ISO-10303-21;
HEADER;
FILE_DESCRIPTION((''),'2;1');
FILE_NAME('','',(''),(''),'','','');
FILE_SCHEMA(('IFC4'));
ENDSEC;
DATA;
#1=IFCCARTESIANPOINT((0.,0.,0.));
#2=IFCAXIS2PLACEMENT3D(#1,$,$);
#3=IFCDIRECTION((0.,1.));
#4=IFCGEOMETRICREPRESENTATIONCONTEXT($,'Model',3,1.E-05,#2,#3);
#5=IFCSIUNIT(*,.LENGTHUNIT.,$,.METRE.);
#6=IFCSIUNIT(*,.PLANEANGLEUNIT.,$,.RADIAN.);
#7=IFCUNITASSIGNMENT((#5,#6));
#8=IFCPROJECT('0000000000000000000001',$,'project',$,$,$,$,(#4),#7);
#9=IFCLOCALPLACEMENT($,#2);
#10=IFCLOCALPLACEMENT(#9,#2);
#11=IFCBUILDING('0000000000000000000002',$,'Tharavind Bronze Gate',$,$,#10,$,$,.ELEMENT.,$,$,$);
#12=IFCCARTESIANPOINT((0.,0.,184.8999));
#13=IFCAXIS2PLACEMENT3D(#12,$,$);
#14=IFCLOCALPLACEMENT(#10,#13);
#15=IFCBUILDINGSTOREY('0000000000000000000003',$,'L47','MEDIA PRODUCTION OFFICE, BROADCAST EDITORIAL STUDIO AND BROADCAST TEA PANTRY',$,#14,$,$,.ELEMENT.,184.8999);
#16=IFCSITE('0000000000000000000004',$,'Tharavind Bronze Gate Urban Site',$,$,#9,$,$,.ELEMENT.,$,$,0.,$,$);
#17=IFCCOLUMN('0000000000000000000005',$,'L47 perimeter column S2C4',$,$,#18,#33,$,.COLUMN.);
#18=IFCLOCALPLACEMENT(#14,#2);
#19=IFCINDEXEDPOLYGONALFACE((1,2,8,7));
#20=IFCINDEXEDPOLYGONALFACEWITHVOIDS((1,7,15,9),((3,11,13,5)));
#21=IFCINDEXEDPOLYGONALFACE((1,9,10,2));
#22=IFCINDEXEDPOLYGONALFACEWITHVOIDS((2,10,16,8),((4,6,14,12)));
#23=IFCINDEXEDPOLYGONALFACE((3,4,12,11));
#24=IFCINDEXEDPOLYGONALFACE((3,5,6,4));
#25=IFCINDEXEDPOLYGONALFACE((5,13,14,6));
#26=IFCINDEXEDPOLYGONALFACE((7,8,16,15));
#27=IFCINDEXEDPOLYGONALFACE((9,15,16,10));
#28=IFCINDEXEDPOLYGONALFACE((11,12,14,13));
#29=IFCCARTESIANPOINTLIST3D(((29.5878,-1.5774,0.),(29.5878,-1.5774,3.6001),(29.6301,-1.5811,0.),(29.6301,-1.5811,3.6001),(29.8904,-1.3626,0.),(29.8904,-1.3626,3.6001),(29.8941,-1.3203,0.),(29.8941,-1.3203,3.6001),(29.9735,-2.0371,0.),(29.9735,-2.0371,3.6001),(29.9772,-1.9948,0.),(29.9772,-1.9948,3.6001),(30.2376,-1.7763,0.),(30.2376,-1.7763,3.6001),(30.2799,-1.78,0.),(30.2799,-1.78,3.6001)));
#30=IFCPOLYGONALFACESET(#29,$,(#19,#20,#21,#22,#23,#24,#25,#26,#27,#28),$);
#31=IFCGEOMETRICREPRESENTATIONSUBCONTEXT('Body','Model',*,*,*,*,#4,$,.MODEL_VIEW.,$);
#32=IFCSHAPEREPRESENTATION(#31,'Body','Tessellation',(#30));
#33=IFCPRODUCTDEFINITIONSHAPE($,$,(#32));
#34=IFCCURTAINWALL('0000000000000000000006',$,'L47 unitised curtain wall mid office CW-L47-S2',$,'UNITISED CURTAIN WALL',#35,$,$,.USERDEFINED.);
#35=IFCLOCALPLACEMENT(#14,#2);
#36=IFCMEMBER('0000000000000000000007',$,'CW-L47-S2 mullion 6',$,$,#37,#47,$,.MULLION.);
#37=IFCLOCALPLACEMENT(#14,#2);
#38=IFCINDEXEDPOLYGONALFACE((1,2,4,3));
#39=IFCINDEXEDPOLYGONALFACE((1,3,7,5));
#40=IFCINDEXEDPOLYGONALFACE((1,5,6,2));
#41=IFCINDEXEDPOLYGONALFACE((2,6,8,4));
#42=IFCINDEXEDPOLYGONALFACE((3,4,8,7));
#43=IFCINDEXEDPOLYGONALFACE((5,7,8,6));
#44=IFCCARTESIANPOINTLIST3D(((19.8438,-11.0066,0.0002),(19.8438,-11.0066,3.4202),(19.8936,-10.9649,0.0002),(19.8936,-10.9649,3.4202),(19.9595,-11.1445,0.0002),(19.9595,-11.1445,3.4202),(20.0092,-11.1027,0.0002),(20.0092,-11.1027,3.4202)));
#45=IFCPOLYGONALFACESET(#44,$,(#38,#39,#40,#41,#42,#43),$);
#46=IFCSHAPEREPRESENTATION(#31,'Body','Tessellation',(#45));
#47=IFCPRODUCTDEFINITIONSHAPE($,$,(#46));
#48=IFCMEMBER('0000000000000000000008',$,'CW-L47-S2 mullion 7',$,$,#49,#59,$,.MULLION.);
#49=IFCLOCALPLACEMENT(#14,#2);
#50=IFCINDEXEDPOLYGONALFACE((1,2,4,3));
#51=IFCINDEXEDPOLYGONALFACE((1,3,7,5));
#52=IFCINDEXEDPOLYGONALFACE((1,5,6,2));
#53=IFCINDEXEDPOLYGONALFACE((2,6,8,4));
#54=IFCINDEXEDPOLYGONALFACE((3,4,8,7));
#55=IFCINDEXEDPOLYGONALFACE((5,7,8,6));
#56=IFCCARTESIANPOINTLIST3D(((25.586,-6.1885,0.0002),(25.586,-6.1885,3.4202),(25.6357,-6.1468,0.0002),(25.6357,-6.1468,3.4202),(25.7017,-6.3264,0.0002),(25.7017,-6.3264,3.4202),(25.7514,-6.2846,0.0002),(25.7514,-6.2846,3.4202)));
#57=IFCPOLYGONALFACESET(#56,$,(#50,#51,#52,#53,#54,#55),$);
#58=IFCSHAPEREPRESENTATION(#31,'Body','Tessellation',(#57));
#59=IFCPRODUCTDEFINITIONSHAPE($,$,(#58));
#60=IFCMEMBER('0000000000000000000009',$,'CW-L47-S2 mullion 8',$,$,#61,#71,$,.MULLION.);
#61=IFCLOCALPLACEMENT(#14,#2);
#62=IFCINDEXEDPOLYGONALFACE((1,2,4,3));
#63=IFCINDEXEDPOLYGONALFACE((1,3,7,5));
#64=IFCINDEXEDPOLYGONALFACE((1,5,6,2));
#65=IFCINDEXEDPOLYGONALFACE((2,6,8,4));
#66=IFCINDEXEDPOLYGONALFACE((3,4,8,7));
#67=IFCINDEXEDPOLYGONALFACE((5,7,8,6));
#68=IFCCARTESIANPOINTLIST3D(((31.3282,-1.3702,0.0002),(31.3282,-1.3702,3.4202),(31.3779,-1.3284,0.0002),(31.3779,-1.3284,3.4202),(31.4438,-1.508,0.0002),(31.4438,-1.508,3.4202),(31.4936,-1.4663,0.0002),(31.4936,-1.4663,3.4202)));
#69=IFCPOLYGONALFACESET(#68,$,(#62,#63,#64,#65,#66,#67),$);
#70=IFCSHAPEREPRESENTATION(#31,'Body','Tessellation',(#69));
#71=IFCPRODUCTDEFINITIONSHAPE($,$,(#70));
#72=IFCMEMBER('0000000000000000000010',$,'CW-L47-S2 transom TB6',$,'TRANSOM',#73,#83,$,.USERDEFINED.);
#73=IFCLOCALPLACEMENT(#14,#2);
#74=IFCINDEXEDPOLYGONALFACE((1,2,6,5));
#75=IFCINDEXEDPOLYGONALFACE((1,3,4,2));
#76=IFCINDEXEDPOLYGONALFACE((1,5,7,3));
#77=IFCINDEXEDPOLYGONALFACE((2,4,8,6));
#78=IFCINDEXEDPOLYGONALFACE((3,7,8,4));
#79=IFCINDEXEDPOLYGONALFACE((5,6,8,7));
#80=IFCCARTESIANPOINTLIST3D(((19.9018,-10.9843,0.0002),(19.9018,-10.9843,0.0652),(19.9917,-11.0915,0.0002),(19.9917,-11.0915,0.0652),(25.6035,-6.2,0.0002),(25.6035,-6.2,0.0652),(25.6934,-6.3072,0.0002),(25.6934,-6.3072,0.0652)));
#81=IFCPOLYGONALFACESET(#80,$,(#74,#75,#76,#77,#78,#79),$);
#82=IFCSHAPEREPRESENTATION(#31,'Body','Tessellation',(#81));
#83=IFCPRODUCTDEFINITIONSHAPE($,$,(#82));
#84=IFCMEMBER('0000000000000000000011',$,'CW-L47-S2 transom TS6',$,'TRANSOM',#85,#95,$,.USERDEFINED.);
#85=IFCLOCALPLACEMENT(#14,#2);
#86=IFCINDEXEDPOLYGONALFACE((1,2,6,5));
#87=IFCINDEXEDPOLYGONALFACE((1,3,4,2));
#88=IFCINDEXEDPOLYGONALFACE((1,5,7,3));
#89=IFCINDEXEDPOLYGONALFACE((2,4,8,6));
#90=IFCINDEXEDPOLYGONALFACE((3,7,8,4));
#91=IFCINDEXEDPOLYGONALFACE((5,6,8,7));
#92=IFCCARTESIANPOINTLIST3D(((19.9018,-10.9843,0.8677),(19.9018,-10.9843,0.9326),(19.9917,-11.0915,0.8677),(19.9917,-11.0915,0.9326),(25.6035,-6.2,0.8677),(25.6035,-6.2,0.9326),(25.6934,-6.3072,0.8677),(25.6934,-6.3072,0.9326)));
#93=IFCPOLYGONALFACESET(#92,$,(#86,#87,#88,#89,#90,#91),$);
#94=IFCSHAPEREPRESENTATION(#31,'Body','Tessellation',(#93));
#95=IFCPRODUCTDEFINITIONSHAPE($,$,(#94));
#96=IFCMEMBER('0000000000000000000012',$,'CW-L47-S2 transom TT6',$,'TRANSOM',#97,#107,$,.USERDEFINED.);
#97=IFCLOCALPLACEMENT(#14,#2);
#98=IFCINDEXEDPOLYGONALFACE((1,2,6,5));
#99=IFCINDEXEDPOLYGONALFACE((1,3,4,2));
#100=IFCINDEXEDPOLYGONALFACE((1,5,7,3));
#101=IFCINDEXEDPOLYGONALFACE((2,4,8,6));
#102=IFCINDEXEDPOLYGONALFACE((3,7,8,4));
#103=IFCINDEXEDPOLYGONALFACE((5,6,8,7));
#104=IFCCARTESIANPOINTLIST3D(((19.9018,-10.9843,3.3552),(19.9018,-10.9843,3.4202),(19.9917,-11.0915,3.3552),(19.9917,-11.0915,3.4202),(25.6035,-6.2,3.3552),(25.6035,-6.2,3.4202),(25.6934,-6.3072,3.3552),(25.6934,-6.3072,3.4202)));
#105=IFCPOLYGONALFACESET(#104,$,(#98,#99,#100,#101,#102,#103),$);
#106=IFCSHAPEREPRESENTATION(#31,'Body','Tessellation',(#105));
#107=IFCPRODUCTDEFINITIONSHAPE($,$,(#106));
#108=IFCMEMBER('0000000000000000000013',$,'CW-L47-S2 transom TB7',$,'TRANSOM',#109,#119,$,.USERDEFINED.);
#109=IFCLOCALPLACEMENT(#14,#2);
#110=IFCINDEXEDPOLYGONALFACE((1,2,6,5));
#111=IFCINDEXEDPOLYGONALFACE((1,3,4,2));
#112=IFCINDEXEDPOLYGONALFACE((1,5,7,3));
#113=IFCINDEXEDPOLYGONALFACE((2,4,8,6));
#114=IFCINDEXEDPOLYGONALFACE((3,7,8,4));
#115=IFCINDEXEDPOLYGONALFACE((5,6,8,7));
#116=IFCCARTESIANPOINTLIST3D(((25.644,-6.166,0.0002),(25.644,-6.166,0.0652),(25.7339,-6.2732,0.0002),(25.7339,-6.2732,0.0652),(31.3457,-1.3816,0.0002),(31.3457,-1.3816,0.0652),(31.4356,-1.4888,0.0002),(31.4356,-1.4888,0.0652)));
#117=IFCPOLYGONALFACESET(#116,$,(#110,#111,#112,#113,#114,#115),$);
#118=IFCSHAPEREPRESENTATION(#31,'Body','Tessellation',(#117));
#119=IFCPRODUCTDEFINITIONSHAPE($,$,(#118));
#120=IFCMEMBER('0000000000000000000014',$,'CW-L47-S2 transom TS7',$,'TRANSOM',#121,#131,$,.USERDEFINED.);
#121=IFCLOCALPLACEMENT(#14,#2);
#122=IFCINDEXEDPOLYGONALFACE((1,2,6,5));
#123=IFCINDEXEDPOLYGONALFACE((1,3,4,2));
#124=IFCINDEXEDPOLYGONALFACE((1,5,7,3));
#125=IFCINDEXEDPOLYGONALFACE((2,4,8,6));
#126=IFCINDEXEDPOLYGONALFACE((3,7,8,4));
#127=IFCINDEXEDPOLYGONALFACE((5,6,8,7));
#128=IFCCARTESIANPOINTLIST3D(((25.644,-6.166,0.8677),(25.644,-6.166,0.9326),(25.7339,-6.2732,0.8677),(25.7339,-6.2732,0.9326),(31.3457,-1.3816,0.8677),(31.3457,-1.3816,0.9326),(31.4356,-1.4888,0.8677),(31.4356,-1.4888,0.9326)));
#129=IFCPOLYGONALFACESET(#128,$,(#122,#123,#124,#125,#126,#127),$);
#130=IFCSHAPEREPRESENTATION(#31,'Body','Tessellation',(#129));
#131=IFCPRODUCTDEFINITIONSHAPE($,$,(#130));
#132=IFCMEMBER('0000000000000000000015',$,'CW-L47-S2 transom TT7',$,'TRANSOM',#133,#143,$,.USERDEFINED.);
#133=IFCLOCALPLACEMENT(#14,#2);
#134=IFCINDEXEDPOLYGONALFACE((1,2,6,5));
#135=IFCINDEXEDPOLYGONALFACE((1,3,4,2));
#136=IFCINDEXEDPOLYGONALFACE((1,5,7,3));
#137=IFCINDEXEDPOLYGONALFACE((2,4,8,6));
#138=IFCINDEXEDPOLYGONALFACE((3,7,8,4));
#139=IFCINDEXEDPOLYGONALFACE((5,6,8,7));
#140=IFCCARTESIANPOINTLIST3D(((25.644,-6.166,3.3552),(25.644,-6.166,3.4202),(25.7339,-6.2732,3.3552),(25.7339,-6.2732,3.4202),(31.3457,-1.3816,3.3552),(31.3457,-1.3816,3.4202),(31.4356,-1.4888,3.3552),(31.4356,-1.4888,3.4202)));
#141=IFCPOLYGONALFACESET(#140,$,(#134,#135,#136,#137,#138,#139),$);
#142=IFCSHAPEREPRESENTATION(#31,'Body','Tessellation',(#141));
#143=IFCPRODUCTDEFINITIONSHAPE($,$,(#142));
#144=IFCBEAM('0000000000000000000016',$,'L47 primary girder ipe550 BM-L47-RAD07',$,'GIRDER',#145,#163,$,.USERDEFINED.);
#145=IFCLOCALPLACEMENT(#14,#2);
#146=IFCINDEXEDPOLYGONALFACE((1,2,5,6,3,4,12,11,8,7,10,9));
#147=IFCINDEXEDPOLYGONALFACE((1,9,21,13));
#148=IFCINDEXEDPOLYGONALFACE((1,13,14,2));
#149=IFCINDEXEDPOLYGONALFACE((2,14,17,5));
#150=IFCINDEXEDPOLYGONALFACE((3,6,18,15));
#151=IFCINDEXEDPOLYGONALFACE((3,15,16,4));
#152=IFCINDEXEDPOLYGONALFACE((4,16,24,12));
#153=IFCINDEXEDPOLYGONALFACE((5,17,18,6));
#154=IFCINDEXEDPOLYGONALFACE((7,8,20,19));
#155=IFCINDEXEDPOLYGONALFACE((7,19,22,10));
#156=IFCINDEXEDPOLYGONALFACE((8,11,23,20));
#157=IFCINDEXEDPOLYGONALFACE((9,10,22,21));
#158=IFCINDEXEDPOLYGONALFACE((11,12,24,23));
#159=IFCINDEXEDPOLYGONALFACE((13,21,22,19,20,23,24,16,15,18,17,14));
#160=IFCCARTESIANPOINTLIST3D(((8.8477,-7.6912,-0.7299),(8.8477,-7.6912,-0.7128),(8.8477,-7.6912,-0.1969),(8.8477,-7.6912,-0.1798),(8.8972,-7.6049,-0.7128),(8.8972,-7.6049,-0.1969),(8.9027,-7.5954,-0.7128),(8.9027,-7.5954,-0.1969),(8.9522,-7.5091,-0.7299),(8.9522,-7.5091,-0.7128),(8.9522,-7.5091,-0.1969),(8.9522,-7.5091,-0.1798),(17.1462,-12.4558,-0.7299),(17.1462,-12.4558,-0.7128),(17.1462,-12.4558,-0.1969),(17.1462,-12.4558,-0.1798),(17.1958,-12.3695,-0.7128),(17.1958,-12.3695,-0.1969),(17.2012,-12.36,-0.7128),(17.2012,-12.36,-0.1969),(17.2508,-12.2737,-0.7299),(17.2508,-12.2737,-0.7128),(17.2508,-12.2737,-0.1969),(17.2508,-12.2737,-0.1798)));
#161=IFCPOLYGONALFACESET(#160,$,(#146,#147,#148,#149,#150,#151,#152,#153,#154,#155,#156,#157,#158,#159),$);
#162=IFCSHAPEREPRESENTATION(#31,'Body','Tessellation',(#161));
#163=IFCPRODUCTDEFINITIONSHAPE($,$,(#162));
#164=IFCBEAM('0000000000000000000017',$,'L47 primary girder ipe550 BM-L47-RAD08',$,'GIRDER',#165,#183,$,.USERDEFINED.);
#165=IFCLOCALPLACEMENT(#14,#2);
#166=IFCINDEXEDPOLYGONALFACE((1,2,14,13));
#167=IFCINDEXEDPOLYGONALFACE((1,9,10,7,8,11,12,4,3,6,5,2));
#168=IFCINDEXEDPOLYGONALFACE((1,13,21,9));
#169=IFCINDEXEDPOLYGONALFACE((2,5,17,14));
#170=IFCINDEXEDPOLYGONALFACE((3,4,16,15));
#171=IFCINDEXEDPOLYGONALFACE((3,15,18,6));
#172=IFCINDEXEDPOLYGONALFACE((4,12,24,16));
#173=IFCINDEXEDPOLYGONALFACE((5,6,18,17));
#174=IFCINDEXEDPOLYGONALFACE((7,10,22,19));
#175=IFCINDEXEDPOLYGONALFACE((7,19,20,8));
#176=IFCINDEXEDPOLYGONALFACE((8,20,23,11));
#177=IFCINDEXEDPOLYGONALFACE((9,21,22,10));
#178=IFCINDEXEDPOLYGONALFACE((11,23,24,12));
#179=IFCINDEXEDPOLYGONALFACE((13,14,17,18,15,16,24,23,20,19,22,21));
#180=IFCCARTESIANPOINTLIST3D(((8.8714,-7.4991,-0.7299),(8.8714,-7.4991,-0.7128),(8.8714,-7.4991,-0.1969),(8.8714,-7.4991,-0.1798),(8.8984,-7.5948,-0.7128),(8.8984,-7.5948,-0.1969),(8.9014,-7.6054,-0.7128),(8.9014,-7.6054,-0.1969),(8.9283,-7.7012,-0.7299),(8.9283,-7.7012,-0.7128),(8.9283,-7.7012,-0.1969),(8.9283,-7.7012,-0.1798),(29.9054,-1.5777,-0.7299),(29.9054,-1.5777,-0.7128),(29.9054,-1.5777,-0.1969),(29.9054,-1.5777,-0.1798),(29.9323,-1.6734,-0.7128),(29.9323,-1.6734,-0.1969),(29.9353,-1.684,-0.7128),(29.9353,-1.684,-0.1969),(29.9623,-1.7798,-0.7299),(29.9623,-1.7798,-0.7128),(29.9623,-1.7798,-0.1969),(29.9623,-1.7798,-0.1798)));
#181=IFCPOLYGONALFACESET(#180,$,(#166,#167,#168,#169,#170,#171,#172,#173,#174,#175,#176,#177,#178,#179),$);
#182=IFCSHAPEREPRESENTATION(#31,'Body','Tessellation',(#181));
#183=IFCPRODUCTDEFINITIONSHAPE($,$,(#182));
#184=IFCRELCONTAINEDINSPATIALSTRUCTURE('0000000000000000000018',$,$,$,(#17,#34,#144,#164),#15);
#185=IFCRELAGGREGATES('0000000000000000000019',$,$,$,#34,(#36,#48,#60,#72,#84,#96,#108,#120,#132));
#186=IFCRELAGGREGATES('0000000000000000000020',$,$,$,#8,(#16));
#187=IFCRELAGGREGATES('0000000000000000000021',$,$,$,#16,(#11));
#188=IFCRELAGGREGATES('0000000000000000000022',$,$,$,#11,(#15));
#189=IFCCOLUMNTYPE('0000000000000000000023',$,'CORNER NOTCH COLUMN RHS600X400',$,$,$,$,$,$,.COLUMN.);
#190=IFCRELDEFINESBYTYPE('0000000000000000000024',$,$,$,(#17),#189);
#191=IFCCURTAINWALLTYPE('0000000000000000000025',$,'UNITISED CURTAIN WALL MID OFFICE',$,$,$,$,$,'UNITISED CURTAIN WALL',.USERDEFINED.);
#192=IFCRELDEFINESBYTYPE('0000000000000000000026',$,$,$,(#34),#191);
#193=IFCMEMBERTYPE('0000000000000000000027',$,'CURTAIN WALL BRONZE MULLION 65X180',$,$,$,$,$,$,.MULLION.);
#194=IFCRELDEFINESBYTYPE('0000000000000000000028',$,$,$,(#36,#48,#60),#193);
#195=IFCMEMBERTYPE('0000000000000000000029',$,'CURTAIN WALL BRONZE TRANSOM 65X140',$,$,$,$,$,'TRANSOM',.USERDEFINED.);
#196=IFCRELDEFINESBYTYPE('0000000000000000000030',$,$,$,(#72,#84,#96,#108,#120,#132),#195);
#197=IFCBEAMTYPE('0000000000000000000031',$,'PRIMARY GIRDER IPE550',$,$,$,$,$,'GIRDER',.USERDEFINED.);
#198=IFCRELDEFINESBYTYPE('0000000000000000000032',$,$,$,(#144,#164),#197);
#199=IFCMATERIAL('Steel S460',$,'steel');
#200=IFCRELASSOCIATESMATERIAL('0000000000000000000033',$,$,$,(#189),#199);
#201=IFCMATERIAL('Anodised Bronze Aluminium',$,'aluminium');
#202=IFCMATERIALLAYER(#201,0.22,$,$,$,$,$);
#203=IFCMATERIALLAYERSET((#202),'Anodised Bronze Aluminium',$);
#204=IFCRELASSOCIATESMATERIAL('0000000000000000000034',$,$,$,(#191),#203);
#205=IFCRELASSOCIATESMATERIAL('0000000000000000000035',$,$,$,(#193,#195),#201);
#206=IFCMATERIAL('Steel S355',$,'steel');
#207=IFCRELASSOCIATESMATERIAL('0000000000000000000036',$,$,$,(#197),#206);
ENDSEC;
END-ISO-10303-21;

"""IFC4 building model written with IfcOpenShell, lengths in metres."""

from ifc_helpers import new_model, si_unit, direction, frame, origin, origin_2d, place, context, subcontext, project, spatial, rectangle, hollow_rectangle, i_section, extrude, material, layer, layer_set, material_profile, profile_set, type_object, element, aggregate, save


model = new_model("IFC4")

# Units and contexts
model_context = context("Model", 3, precision=1e-05, world=origin(), true_north=direction((0.0, 1.0)))
body_context = subcontext(model_context, "Body", "Model", "MODEL_VIEW")
ifc_project = project(units=[si_unit("LENGTHUNIT", "METRE"), si_unit("PLANEANGLEUNIT", "RADIAN")], contexts=[model_context])

# Site, building, storey
site_placement = place(None, origin())
site = spatial("IfcSite", under=ifc_project, at=site_placement, Name="Tharavind Bronze Gate Urban Site", CompositionType="ELEMENT", RefElevation=0.0)
building_placement = place(site_placement, origin())
building = spatial("IfcBuilding", under=site, at=building_placement, Name="Tharavind Bronze Gate", CompositionType="ELEMENT")
storey_placement = place(building_placement, frame((0.0, 0.0, 184.8999)))
storey = spatial("IfcBuildingStorey", under=building, at=storey_placement, Name="L47", Description="MEDIA PRODUCTION OFFICE, BROADCAST EDITORIAL STUDIO AND BROADCAST TEA PANTRY", CompositionType="ELEMENT", Elevation=184.8999)

# Column
ifc_material_1 = material(Name="Steel S460", Category="steel")
ifc_material_profile_1 = material_profile(ifc_material_1, hollow_rectangle(XDim=0.3999, YDim=0.6001, WallThickness=0.03, at=origin_2d()), Name="RHS600X400X30")
ifc_profile_set_1 = profile_set([ifc_material_profile_1], Name="Steel S460")
column_type = type_object("IfcColumnType", Name="CORNER NOTCH COLUMN RHS600X400", PredefinedType="COLUMN", material=ifc_profile_set_1)
column_placement = place(storey_placement, frame((29.9338, -1.6787, 0.0), z_axis=(0.0, 0.0, 1.0), x_axis=(0.766043, 0.642789, 0.0)))
element("IfcColumn", 1, at=column_placement, inside=storey, type_object=column_type, Name="L47 perimeter column S2C4", PredefinedType="COLUMN", context=body_context, shape_type="SweptSolid", body=[
    extrude(hollow_rectangle(XDim=0.3999, YDim=0.6001, WallThickness=0.03, at=origin_2d()), origin(), (0.0, 0.0, 1.0), 3.6001),
])

# Curtain wall, members
ifc_material_2 = material(Name="Anodised Bronze Aluminium", Category="aluminium")
ifc_layer_1 = layer(ifc_material_2, 0.22)
ifc_layer_set_1 = layer_set([ifc_layer_1], Name="Anodised Bronze Aluminium")
curtain_wall_type = type_object("IfcCurtainWallType", Name="UNITISED CURTAIN WALL MID OFFICE", ElementType="UNITISED CURTAIN WALL", PredefinedType="USERDEFINED", material=ifc_layer_set_1)
curtain_wall_placement = place(storey_placement, origin())
curtain_wall = element("IfcCurtainWall", 2, at=curtain_wall_placement, inside=storey, type_object=curtain_wall_type, Name="L47 unitised curtain wall mid office CW-L47-S2", ObjectType="UNITISED CURTAIN WALL", PredefinedType="USERDEFINED")
member_type_1 = type_object("IfcMemberType", Name="CURTAIN WALL BRONZE MULLION 65X180", PredefinedType="MULLION", material=ifc_material_2)
member_1_placement = place(storey_placement, frame((19.9265, -11.0547, 0.0002), z_axis=(0.0, 0.0, 1.0), x_axis=(0.766043, 0.642789, 0.0)))
member_1 = element("IfcMember", 3, at=member_1_placement, type_object=member_type_1, Name="CW-L47-S2 mullion 6", PredefinedType="MULLION", context=body_context, shape_type="SweptSolid", body=[
    extrude(rectangle(XDim=0.0649, YDim=0.1799, at=origin_2d()), origin(), (0.0, 0.0, 1.0), 3.4199),
])
member_2_placement = place(storey_placement, frame((25.6687, -6.2366, 0.0002), z_axis=(0.0, 0.0, 1.0), x_axis=(0.766043, 0.642789, 0.0)))
member_2 = element("IfcMember", 4, at=member_2_placement, type_object=member_type_1, Name="CW-L47-S2 mullion 7", PredefinedType="MULLION", context=body_context, shape_type="SweptSolid", body=[
    extrude(rectangle(XDim=0.0649, YDim=0.1799, at=origin_2d()), origin(), (0.0, 0.0, 1.0), 3.4199),
])
member_3_placement = place(storey_placement, frame((31.4109, -1.4182, 0.0002), z_axis=(0.0, 0.0, 1.0), x_axis=(0.766043, 0.642789, 0.0)))
member_3 = element("IfcMember", 5, at=member_3_placement, type_object=member_type_1, Name="CW-L47-S2 mullion 8", PredefinedType="MULLION", context=body_context, shape_type="SweptSolid", body=[
    extrude(rectangle(XDim=0.0649, YDim=0.1799, at=origin_2d()), origin(), (0.0, 0.0, 1.0), 3.4199),
])
member_type_2 = type_object("IfcMemberType", Name="CURTAIN WALL BRONZE TRANSOM 65X140", ElementType="TRANSOM", PredefinedType="USERDEFINED", material=ifc_material_2)
member_4_placement = place(storey_placement, frame((22.7976, -8.6458, 0.0002), z_axis=(0.0, 0.0, 1.0), x_axis=(0.766043, 0.642789, 0.0)))
member_4 = element("IfcMember", 6, at=member_4_placement, type_object=member_type_2, Name="CW-L47-S2 transom TB6", ObjectType="TRANSOM", PredefinedType="USERDEFINED", context=body_context, shape_type="SweptSolid", body=[
    extrude(rectangle(XDim=7.4431, YDim=0.1399, at=origin_2d()), origin(), (0.0, 0.0, 1.0), 0.0649),
])
member_5_placement = place(storey_placement, frame((22.7976, -8.6458, 0.8677), z_axis=(0.0, 0.0, 1.0), x_axis=(0.766043, 0.642789, 0.0)))
member_5 = element("IfcMember", 7, at=member_5_placement, type_object=member_type_2, Name="CW-L47-S2 transom TS6", ObjectType="TRANSOM", PredefinedType="USERDEFINED", context=body_context, shape_type="SweptSolid", body=[
    extrude(rectangle(XDim=7.4431, YDim=0.1399, at=origin_2d()), origin(), (0.0, 0.0, 1.0), 0.0649),
])
member_6_placement = place(storey_placement, frame((22.7976, -8.6458, 3.3552), z_axis=(0.0, 0.0, 1.0), x_axis=(0.766043, 0.642789, 0.0)))
member_6 = element("IfcMember", 8, at=member_6_placement, type_object=member_type_2, Name="CW-L47-S2 transom TT6", ObjectType="TRANSOM", PredefinedType="USERDEFINED", context=body_context, shape_type="SweptSolid", body=[
    extrude(rectangle(XDim=7.4431, YDim=0.1399, at=origin_2d()), origin(), (0.0, 0.0, 1.0), 0.0649),
])
member_7_placement = place(storey_placement, frame((28.5398, -3.8274, 0.0002), z_axis=(0.0, 0.0, 1.0), x_axis=(0.766043, 0.642789, 0.0)))
member_7 = element("IfcMember", 9, at=member_7_placement, type_object=member_type_2, Name="CW-L47-S2 transom TB7", ObjectType="TRANSOM", PredefinedType="USERDEFINED", context=body_context, shape_type="SweptSolid", body=[
    extrude(rectangle(XDim=7.4431, YDim=0.1399, at=origin_2d()), origin(), (0.0, 0.0, 1.0), 0.0649),
])
member_8_placement = place(storey_placement, frame((28.5398, -3.8274, 0.8677), z_axis=(0.0, 0.0, 1.0), x_axis=(0.766043, 0.642789, 0.0)))
member_8 = element("IfcMember", 10, at=member_8_placement, type_object=member_type_2, Name="CW-L47-S2 transom TS7", ObjectType="TRANSOM", PredefinedType="USERDEFINED", context=body_context, shape_type="SweptSolid", body=[
    extrude(rectangle(XDim=7.4431, YDim=0.1399, at=origin_2d()), origin(), (0.0, 0.0, 1.0), 0.0649),
])
member_9_placement = place(storey_placement, frame((28.5398, -3.8274, 3.3552), z_axis=(0.0, 0.0, 1.0), x_axis=(0.766043, 0.642789, 0.0)))
member_9 = element("IfcMember", 11, at=member_9_placement, type_object=member_type_2, Name="CW-L47-S2 transom TT7", ObjectType="TRANSOM", PredefinedType="USERDEFINED", context=body_context, shape_type="SweptSolid", body=[
    extrude(rectangle(XDim=7.4431, YDim=0.1399, at=origin_2d()), origin(), (0.0, 0.0, 1.0), 0.0649),
])

# Beams
ifc_material_3 = material(Name="Steel S355", Category="steel")
ifc_material_profile_2 = material_profile(ifc_material_3, i_section(OverallWidth=0.21, OverallDepth=0.55, WebThickness=0.011, FlangeThickness=0.0171, at=origin_2d()), Name="IPE550")
ifc_profile_set_2 = profile_set([ifc_material_profile_2], Name="Steel S355")
beam_type_1 = type_object("IfcBeamType", Name="PRIMARY GIRDER IPE550", ElementType="GIRDER", PredefinedType="USERDEFINED", material=ifc_profile_set_2)
beam_1_placement = place(storey_placement, frame((17.1985, -12.3647, -0.4548), z_axis=(-0.867224, 0.497918, 0.0), x_axis=(-0.497918, -0.867224, 0.0)))
element("IfcBeam", 12, at=beam_1_placement, inside=storey, type_object=beam_type_1, Name="L47 primary girder ipe550 BM-L47-RAD07", ObjectType="GIRDER", PredefinedType="USERDEFINED", context=body_context, shape_type="SweptSolid", body=[
    extrude(i_section(OverallWidth=0.21, OverallDepth=0.55, WebThickness=0.011, FlangeThickness=0.0171, at=origin_2d()), origin(), (0.0, 0.0, 1.0), 9.5691),
])
beam_2_placement = place(storey_placement, frame((29.9338, -1.6787, -0.4548), z_axis=(-0.962584, -0.270983, 0.0), x_axis=(0.270983, -0.962584, 0.0)))
element("IfcBeam", 13, at=beam_2_placement, inside=storey, type_object=beam_type_1, Name="L47 primary girder ipe550 BM-L47-RAD08", ObjectType="GIRDER", PredefinedType="USERDEFINED", context=body_context, shape_type="SweptSolid", body=[
    extrude(i_section(OverallWidth=0.21, OverallDepth=0.55, WebThickness=0.011, FlangeThickness=0.0171, at=origin_2d()), origin(), (0.0, 0.0, 1.0), 21.8516),
])

aggregate(curtain_wall, [member_1, member_2, member_3, member_4, member_5, member_6, member_7, member_8, member_9])

save(model, "model.ifc")
